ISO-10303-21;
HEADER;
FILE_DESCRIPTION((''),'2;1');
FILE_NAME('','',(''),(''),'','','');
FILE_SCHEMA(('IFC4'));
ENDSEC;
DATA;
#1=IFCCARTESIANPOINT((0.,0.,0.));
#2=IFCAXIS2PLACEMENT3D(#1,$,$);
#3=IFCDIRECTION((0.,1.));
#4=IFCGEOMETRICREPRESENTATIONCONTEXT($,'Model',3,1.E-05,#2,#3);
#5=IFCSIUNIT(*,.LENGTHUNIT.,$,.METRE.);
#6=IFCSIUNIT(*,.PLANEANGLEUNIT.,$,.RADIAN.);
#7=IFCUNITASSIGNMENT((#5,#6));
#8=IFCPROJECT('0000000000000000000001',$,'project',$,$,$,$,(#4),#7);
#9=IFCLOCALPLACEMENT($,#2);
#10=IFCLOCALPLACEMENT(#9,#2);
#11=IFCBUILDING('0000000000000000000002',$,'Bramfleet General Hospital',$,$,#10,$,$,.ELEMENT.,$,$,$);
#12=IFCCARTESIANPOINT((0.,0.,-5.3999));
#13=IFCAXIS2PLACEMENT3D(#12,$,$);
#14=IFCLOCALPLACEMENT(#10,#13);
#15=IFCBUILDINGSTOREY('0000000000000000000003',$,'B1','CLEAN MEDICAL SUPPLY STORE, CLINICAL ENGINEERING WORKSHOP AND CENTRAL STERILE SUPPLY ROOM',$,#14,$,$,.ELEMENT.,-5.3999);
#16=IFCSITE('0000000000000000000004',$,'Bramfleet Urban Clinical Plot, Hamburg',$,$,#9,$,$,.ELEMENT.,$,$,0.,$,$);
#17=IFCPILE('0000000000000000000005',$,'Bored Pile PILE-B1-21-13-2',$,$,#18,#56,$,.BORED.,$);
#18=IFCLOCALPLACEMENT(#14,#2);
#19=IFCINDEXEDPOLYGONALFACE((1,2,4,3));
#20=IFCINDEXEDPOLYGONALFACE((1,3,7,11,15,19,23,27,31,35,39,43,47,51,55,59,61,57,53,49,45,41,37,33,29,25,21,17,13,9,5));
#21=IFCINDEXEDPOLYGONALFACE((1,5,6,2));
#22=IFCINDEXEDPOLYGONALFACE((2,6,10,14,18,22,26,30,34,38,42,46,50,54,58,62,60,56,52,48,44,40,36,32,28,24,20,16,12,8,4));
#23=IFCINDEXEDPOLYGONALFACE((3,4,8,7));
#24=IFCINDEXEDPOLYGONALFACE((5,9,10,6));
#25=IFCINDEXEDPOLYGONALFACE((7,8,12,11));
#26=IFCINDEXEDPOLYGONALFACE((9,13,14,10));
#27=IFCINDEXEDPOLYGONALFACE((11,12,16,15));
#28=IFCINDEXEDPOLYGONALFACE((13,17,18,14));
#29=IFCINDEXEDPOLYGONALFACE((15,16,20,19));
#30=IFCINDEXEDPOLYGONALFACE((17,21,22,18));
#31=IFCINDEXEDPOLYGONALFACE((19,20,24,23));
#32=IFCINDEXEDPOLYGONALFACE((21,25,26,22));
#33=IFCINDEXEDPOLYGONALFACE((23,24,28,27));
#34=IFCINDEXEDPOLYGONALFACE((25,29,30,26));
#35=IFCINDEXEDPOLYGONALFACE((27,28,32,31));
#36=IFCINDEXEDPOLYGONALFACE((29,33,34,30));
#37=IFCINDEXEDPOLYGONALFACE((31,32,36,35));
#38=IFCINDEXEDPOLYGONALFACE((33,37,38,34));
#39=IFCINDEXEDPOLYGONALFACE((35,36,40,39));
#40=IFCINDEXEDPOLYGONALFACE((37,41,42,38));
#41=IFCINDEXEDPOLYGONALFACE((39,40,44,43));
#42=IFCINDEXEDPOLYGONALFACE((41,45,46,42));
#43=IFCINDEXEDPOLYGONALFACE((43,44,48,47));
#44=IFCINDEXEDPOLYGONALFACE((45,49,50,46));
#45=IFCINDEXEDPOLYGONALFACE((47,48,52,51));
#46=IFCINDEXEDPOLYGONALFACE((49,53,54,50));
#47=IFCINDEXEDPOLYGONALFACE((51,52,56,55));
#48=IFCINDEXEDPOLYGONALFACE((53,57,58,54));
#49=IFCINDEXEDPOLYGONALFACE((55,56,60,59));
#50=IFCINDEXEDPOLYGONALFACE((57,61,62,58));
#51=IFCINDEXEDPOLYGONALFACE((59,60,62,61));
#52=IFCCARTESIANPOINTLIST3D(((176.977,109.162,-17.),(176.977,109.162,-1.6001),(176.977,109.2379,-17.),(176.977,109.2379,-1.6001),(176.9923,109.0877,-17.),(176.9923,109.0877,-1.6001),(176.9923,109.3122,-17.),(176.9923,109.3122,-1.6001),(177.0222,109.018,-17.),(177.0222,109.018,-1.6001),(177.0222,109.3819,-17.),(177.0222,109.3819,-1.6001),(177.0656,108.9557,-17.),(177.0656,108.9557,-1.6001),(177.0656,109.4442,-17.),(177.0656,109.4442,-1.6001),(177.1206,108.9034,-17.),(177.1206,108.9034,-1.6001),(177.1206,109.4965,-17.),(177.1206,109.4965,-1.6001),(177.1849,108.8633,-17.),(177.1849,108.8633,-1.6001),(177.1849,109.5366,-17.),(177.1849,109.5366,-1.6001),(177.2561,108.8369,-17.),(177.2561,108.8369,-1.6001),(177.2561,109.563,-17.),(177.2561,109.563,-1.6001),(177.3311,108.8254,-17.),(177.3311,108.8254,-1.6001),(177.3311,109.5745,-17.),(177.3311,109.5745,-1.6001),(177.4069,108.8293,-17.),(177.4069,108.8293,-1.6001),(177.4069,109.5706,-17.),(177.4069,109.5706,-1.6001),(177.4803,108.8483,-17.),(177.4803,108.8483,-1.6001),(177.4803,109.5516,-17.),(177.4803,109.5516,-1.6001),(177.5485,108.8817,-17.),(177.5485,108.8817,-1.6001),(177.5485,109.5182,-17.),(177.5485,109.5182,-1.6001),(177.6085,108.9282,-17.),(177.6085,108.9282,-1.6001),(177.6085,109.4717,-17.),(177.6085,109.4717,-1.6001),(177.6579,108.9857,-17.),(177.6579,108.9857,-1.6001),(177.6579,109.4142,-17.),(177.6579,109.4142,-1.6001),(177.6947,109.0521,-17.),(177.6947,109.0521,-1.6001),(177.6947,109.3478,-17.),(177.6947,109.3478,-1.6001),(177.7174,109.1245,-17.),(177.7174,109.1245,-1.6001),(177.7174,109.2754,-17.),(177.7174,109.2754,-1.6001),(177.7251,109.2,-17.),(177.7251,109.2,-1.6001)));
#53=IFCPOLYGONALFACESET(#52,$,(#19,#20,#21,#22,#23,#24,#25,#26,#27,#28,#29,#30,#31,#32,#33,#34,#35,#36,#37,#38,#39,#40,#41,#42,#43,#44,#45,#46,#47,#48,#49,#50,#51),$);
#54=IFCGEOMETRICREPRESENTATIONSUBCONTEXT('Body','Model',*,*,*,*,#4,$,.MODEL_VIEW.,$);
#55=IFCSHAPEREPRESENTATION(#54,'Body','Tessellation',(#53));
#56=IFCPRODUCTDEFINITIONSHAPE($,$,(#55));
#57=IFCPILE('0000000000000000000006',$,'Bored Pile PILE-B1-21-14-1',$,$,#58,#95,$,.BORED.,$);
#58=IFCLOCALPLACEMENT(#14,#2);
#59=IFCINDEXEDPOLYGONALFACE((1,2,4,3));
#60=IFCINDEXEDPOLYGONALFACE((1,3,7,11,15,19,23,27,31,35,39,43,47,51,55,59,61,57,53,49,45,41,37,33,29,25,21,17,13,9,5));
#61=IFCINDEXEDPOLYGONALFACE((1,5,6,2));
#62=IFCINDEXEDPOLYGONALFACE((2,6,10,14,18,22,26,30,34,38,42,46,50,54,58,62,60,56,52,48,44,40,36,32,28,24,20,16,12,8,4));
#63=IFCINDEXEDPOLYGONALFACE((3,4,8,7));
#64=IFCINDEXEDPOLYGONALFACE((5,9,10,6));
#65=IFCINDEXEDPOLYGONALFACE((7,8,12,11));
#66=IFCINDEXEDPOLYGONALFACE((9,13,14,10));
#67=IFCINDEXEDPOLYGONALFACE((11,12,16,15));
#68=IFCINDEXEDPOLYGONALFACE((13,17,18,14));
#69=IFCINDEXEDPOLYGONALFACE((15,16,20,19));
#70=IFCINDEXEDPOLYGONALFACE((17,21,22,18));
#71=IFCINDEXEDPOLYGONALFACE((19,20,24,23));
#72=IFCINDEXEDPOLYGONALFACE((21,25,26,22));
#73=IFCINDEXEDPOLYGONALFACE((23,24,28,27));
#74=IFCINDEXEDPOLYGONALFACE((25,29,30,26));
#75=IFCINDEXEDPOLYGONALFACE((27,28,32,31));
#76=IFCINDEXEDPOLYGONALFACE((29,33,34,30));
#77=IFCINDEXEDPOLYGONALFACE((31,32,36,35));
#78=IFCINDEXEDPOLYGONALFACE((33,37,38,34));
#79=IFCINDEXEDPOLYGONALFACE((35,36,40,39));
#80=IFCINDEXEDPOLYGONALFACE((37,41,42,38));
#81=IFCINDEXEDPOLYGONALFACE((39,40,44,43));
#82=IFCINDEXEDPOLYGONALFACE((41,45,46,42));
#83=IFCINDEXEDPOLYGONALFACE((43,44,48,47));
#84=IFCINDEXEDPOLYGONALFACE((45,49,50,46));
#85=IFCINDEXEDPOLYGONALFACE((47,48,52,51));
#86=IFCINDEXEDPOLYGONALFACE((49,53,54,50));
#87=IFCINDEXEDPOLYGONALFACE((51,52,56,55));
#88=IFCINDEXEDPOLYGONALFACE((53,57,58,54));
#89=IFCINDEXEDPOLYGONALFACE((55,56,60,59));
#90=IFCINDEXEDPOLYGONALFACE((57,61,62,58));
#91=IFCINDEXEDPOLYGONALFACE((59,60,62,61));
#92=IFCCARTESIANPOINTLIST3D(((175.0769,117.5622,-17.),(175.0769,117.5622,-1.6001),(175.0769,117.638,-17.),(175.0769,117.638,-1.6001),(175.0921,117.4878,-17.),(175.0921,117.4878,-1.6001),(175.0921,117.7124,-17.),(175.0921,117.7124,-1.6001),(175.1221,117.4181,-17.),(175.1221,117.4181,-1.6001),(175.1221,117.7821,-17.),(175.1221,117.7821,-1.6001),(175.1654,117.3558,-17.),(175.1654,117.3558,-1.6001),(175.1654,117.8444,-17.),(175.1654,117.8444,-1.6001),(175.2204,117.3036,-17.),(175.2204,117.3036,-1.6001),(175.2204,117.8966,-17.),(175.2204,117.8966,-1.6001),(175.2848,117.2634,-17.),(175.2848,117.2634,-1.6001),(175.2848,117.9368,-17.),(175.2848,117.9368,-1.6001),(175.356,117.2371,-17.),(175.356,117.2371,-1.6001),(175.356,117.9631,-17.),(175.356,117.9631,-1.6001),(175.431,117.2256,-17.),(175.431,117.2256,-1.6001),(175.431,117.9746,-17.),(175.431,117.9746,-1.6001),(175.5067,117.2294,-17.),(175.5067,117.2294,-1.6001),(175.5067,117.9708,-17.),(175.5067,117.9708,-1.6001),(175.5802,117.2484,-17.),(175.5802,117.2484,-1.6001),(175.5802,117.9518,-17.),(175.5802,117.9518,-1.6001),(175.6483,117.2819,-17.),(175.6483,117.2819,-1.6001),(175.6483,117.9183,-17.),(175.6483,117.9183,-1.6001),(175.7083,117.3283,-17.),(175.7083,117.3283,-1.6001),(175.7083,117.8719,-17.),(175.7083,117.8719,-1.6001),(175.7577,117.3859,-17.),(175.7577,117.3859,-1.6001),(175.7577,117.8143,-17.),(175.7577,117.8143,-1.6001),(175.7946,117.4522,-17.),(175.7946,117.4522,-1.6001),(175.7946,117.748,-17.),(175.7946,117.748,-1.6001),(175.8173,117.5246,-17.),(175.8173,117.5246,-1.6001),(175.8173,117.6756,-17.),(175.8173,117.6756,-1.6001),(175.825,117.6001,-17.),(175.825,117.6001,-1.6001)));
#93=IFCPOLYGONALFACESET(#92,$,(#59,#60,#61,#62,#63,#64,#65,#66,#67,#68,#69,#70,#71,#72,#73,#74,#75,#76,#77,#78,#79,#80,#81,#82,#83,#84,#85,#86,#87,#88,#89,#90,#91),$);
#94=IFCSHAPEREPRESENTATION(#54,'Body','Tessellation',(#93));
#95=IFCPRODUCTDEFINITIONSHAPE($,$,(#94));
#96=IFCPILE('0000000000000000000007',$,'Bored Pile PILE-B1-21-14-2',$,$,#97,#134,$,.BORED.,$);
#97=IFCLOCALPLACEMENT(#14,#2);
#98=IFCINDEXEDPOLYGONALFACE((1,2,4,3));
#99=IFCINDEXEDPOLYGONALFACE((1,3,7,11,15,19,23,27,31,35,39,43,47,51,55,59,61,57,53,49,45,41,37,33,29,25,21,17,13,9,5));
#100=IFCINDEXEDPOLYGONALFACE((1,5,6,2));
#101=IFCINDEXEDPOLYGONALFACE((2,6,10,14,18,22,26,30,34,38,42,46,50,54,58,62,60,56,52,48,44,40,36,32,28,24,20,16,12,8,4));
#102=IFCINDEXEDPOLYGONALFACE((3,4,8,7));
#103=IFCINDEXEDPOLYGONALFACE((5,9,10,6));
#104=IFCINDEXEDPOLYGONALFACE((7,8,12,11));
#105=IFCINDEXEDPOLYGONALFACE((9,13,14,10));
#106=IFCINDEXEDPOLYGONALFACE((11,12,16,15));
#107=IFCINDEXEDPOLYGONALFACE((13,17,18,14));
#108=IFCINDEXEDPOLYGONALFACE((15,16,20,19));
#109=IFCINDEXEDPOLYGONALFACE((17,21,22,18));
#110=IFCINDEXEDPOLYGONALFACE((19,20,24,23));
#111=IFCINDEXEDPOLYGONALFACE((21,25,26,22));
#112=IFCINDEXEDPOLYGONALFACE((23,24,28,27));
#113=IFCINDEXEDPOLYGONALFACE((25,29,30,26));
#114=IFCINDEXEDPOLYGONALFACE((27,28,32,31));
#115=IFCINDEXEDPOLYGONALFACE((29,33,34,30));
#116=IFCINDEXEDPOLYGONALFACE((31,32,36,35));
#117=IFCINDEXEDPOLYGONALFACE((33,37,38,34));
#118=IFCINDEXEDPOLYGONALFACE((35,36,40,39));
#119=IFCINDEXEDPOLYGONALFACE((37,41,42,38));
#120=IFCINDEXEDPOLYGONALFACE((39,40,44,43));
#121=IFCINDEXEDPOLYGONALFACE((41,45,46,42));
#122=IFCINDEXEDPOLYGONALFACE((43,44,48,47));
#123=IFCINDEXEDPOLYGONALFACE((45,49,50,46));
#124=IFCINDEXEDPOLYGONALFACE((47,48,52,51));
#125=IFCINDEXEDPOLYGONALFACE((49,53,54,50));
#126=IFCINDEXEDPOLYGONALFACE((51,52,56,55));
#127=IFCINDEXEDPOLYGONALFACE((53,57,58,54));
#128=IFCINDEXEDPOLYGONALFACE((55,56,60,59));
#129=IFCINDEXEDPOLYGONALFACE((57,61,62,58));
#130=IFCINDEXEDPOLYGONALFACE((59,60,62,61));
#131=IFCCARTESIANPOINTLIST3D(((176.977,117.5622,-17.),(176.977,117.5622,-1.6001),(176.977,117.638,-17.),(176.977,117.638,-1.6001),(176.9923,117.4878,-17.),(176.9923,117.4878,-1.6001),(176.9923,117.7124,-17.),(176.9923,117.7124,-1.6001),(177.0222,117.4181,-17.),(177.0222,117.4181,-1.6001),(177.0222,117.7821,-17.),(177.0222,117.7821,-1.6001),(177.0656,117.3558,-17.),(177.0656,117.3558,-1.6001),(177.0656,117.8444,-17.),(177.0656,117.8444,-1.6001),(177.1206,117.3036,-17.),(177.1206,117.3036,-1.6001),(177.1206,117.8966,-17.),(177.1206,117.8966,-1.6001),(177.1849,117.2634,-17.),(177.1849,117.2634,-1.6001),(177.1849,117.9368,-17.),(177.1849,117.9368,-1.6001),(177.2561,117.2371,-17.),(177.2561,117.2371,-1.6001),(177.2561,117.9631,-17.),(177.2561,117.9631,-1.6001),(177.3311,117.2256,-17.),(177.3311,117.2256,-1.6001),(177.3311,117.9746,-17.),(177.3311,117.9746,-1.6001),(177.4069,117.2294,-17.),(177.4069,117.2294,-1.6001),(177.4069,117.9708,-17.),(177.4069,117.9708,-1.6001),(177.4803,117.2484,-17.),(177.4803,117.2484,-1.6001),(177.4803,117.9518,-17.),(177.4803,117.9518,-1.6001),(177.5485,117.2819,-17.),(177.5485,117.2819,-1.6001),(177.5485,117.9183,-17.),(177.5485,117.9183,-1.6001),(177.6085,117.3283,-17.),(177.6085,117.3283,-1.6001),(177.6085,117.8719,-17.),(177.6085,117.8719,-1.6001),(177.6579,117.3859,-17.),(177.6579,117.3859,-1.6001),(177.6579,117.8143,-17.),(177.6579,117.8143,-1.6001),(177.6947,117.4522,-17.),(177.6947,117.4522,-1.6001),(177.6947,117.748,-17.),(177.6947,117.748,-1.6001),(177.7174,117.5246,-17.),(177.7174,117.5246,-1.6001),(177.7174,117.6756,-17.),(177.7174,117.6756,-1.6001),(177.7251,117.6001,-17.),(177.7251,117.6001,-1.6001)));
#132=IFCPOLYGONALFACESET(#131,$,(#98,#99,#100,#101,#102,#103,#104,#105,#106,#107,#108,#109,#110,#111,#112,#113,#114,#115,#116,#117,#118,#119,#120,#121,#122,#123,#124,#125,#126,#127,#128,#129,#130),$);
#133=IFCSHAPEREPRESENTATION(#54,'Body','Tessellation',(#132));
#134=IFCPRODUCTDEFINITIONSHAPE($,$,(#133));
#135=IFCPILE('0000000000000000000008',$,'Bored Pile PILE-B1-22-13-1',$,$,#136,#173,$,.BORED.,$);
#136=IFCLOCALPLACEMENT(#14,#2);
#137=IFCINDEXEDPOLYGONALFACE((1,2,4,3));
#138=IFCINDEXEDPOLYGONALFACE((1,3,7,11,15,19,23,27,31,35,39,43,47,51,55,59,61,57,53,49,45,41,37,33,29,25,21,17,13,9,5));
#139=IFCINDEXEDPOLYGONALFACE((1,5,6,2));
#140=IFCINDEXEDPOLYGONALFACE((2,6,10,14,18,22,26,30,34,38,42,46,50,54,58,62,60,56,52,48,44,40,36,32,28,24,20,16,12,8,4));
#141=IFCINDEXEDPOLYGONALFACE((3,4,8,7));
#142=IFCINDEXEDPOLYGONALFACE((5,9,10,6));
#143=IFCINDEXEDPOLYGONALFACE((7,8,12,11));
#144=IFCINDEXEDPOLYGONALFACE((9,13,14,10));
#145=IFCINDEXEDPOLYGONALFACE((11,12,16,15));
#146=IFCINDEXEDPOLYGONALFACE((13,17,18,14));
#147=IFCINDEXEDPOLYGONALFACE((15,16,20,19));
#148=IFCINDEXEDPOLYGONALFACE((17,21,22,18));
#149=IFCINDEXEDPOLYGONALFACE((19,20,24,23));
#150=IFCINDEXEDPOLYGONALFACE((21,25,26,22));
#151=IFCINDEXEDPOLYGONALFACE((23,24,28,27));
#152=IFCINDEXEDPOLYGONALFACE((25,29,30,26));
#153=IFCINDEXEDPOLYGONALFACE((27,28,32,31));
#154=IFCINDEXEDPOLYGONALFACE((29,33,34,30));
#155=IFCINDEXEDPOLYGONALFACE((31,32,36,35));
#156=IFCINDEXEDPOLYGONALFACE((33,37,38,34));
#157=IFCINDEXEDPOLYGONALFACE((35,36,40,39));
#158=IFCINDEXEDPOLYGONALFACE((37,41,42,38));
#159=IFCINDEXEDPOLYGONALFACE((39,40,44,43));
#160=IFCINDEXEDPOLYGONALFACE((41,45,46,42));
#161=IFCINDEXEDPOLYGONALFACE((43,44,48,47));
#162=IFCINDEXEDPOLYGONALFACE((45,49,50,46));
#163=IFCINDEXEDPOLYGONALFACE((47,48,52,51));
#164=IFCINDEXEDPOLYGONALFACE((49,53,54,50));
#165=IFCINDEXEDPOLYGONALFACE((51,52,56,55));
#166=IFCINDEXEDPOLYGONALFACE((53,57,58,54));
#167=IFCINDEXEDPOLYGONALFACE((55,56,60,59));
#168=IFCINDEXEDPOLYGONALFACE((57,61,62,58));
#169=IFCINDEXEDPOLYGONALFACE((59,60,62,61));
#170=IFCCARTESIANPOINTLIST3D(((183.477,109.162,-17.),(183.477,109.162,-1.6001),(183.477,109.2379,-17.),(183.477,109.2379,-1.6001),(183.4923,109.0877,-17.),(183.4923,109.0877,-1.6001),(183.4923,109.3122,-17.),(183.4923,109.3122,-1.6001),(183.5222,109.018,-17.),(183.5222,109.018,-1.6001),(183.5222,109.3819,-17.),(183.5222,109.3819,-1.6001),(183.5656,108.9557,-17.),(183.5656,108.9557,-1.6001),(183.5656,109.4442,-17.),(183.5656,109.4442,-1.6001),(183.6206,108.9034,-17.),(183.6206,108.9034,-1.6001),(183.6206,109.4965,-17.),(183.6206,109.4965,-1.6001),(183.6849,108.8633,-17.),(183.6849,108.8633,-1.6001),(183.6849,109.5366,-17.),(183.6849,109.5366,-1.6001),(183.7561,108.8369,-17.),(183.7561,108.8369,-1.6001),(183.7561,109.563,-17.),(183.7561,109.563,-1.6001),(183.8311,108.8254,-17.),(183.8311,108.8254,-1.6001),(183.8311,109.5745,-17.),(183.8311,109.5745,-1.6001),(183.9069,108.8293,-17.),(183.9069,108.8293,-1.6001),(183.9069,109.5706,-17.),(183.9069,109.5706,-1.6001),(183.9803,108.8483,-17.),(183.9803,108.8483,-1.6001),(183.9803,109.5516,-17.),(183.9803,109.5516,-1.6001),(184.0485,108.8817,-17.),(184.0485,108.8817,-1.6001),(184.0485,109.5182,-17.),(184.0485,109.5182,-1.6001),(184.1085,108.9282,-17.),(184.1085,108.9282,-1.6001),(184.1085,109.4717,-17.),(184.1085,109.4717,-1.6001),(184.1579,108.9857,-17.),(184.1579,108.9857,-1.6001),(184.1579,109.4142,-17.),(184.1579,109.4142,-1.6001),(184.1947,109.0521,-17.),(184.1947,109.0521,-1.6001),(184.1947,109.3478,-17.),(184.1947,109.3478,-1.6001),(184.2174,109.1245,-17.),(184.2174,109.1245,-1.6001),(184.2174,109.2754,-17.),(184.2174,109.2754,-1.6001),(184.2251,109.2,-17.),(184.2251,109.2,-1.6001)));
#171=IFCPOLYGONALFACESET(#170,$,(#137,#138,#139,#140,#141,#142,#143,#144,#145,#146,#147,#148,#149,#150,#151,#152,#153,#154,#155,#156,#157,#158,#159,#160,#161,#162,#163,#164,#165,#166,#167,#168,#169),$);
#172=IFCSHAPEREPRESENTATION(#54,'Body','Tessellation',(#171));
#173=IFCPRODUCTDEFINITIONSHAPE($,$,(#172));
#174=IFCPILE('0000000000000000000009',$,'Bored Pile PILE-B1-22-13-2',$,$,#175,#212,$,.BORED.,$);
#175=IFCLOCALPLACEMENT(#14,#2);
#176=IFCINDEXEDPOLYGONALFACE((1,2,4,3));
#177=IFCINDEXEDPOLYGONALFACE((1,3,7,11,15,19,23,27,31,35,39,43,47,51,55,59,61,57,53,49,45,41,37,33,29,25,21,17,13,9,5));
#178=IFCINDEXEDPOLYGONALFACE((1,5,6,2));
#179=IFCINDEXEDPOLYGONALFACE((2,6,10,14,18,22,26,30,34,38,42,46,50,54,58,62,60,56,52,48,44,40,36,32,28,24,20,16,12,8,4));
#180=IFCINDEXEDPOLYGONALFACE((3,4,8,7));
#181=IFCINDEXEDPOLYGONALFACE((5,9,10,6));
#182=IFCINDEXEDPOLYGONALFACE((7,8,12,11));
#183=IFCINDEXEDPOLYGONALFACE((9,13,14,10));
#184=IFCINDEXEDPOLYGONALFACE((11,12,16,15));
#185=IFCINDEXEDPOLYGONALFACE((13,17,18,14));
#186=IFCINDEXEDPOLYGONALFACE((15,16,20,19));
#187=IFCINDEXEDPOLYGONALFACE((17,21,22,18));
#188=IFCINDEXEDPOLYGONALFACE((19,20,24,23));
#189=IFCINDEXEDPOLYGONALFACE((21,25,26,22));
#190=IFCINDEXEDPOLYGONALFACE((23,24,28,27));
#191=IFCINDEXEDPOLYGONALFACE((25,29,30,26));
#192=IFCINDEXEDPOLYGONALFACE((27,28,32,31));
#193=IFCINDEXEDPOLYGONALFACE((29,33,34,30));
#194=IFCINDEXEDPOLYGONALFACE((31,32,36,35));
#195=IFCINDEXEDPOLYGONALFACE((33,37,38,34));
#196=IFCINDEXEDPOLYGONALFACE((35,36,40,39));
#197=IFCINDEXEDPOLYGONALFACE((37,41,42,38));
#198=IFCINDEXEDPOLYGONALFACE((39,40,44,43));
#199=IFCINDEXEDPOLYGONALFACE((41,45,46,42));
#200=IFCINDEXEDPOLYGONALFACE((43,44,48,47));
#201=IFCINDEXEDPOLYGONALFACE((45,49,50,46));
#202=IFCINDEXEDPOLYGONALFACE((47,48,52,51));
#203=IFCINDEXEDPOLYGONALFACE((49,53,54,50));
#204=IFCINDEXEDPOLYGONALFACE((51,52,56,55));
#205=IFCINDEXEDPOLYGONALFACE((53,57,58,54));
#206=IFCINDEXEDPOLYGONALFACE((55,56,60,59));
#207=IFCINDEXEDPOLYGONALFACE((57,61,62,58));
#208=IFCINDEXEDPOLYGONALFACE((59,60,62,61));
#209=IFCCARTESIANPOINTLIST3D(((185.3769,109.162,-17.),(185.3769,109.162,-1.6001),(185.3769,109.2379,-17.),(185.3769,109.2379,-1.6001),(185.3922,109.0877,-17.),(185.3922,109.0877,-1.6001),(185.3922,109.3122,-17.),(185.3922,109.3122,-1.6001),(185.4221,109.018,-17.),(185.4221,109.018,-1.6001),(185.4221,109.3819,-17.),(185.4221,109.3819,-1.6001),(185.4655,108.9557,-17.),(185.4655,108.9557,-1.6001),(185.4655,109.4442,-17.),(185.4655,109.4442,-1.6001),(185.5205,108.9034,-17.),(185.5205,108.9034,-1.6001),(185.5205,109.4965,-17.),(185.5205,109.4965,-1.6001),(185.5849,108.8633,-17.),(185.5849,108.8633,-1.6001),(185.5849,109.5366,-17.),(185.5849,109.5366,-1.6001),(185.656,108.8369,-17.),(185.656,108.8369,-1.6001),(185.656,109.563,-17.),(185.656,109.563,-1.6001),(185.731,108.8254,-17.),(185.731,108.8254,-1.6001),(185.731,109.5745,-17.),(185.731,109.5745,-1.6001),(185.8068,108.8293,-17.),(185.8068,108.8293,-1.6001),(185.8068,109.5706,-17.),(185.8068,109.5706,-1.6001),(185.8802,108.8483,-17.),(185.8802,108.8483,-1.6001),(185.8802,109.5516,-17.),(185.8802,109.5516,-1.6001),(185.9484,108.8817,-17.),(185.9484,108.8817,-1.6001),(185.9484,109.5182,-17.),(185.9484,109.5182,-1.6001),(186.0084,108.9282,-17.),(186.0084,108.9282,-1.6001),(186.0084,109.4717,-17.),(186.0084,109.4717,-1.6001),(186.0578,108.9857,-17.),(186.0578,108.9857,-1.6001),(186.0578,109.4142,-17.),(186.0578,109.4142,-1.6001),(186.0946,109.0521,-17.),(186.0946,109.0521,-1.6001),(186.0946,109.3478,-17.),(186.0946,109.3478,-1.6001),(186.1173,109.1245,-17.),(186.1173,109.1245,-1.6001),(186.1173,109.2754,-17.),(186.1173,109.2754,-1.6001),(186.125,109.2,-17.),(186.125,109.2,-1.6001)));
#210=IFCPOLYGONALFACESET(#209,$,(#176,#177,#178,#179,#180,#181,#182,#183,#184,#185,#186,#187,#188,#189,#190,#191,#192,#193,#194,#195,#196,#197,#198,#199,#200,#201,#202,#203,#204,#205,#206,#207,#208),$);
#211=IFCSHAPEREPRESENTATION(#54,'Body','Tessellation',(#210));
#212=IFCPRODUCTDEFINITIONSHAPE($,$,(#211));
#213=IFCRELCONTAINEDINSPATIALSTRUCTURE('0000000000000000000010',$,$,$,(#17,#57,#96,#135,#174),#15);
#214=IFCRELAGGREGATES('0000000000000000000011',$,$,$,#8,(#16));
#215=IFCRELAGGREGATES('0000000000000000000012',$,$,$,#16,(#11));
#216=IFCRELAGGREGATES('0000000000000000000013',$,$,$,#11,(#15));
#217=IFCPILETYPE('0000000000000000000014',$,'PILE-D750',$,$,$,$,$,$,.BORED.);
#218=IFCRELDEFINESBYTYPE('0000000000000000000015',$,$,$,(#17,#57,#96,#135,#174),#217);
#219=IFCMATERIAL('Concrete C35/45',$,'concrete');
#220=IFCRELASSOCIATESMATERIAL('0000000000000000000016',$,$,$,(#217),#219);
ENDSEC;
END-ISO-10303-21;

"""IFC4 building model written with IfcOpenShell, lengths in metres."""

from ifc_helpers import new_model, si_unit, direction, frame, origin, origin_2d, place, context, subcontext, project, spatial, circle, extrude, material, material_profile, profile_set, type_object, element, save


model = new_model("IFC4")

# Units and contexts
model_context = context("Model", 3, precision=1e-05, world=origin(), true_north=direction((0.0, 1.0)))
body_context = subcontext(model_context, "Body", "Model", "MODEL_VIEW")
ifc_project = project(units=[si_unit("LENGTHUNIT", "METRE"), si_unit("PLANEANGLEUNIT", "RADIAN")], contexts=[model_context])

# Site, building, storey
site_placement = place(None, origin())
site = spatial("IfcSite", under=ifc_project, at=site_placement, Name="Bramfleet Urban Clinical Plot, Hamburg", CompositionType="ELEMENT", RefElevation=0.0)
building_placement = place(site_placement, origin())
building = spatial("IfcBuilding", under=site, at=building_placement, Name="Bramfleet General Hospital", CompositionType="ELEMENT")
storey_placement = place(building_placement, frame((0.0, 0.0, -5.3999)))
storey = spatial("IfcBuildingStorey", under=building, at=storey_placement, Name="B1", Description="CLEAN MEDICAL SUPPLY STORE, CLINICAL ENGINEERING WORKSHOP AND CENTRAL STERILE SUPPLY ROOM", CompositionType="ELEMENT", Elevation=-5.3999)

# Shared definitions
ifc_material_1 = material(Name="Concrete C35/45", Category="concrete")

# Piles
ifc_material_profile_1 = material_profile(ifc_material_1, circle(Radius=0.375, at=origin_2d()), Name="PILE BORED D750")
ifc_profile_set_1 = profile_set([ifc_material_profile_1], Name="Concrete C35/45")
pile_type = type_object("IfcPileType", Name="PILE-D750", PredefinedType="BORED", material=ifc_profile_set_1)
for number, where, z_axis, x_axis, name in (
    (1, (177.3501, 109.2, -1.6001), (0.0, 0.0, -1.0), (1.0, 0.0, 0.0), "Bored Pile PILE-B1-21-13-2"),
    (2, (175.45, 117.6001, -1.6001), (0.0, 0.0, -1.0), (1.0, 0.0, 0.0), "Bored Pile PILE-B1-21-14-1"),
    (3, (177.3501, 117.6001, -1.6001), (0.0, 0.0, -1.0), (1.0, 0.0, 0.0), "Bored Pile PILE-B1-21-14-2"),
    (4, (183.8501, 109.2, -1.6001), (0.0, 0.0, -1.0), (1.0, 0.0, 0.0), "Bored Pile PILE-B1-22-13-1"),
    (5, (185.75, 109.2, -1.6001), (0.0, 0.0, -1.0), (1.0, 0.0, 0.0), "Bored Pile PILE-B1-22-13-2"),
):
    element("IfcPile", number, at=place(storey_placement, frame(where, z_axis=z_axis, x_axis=x_axis)), inside=storey, type_object=pile_type, Name=name, PredefinedType="BORED", context=body_context, shape_type="SweptSolid", body=[
        extrude(circle(Radius=0.375, at=origin_2d()), origin(), (0.0, 0.0, 1.0), 15.3999),
    ])

save(model, "model.ifc")
